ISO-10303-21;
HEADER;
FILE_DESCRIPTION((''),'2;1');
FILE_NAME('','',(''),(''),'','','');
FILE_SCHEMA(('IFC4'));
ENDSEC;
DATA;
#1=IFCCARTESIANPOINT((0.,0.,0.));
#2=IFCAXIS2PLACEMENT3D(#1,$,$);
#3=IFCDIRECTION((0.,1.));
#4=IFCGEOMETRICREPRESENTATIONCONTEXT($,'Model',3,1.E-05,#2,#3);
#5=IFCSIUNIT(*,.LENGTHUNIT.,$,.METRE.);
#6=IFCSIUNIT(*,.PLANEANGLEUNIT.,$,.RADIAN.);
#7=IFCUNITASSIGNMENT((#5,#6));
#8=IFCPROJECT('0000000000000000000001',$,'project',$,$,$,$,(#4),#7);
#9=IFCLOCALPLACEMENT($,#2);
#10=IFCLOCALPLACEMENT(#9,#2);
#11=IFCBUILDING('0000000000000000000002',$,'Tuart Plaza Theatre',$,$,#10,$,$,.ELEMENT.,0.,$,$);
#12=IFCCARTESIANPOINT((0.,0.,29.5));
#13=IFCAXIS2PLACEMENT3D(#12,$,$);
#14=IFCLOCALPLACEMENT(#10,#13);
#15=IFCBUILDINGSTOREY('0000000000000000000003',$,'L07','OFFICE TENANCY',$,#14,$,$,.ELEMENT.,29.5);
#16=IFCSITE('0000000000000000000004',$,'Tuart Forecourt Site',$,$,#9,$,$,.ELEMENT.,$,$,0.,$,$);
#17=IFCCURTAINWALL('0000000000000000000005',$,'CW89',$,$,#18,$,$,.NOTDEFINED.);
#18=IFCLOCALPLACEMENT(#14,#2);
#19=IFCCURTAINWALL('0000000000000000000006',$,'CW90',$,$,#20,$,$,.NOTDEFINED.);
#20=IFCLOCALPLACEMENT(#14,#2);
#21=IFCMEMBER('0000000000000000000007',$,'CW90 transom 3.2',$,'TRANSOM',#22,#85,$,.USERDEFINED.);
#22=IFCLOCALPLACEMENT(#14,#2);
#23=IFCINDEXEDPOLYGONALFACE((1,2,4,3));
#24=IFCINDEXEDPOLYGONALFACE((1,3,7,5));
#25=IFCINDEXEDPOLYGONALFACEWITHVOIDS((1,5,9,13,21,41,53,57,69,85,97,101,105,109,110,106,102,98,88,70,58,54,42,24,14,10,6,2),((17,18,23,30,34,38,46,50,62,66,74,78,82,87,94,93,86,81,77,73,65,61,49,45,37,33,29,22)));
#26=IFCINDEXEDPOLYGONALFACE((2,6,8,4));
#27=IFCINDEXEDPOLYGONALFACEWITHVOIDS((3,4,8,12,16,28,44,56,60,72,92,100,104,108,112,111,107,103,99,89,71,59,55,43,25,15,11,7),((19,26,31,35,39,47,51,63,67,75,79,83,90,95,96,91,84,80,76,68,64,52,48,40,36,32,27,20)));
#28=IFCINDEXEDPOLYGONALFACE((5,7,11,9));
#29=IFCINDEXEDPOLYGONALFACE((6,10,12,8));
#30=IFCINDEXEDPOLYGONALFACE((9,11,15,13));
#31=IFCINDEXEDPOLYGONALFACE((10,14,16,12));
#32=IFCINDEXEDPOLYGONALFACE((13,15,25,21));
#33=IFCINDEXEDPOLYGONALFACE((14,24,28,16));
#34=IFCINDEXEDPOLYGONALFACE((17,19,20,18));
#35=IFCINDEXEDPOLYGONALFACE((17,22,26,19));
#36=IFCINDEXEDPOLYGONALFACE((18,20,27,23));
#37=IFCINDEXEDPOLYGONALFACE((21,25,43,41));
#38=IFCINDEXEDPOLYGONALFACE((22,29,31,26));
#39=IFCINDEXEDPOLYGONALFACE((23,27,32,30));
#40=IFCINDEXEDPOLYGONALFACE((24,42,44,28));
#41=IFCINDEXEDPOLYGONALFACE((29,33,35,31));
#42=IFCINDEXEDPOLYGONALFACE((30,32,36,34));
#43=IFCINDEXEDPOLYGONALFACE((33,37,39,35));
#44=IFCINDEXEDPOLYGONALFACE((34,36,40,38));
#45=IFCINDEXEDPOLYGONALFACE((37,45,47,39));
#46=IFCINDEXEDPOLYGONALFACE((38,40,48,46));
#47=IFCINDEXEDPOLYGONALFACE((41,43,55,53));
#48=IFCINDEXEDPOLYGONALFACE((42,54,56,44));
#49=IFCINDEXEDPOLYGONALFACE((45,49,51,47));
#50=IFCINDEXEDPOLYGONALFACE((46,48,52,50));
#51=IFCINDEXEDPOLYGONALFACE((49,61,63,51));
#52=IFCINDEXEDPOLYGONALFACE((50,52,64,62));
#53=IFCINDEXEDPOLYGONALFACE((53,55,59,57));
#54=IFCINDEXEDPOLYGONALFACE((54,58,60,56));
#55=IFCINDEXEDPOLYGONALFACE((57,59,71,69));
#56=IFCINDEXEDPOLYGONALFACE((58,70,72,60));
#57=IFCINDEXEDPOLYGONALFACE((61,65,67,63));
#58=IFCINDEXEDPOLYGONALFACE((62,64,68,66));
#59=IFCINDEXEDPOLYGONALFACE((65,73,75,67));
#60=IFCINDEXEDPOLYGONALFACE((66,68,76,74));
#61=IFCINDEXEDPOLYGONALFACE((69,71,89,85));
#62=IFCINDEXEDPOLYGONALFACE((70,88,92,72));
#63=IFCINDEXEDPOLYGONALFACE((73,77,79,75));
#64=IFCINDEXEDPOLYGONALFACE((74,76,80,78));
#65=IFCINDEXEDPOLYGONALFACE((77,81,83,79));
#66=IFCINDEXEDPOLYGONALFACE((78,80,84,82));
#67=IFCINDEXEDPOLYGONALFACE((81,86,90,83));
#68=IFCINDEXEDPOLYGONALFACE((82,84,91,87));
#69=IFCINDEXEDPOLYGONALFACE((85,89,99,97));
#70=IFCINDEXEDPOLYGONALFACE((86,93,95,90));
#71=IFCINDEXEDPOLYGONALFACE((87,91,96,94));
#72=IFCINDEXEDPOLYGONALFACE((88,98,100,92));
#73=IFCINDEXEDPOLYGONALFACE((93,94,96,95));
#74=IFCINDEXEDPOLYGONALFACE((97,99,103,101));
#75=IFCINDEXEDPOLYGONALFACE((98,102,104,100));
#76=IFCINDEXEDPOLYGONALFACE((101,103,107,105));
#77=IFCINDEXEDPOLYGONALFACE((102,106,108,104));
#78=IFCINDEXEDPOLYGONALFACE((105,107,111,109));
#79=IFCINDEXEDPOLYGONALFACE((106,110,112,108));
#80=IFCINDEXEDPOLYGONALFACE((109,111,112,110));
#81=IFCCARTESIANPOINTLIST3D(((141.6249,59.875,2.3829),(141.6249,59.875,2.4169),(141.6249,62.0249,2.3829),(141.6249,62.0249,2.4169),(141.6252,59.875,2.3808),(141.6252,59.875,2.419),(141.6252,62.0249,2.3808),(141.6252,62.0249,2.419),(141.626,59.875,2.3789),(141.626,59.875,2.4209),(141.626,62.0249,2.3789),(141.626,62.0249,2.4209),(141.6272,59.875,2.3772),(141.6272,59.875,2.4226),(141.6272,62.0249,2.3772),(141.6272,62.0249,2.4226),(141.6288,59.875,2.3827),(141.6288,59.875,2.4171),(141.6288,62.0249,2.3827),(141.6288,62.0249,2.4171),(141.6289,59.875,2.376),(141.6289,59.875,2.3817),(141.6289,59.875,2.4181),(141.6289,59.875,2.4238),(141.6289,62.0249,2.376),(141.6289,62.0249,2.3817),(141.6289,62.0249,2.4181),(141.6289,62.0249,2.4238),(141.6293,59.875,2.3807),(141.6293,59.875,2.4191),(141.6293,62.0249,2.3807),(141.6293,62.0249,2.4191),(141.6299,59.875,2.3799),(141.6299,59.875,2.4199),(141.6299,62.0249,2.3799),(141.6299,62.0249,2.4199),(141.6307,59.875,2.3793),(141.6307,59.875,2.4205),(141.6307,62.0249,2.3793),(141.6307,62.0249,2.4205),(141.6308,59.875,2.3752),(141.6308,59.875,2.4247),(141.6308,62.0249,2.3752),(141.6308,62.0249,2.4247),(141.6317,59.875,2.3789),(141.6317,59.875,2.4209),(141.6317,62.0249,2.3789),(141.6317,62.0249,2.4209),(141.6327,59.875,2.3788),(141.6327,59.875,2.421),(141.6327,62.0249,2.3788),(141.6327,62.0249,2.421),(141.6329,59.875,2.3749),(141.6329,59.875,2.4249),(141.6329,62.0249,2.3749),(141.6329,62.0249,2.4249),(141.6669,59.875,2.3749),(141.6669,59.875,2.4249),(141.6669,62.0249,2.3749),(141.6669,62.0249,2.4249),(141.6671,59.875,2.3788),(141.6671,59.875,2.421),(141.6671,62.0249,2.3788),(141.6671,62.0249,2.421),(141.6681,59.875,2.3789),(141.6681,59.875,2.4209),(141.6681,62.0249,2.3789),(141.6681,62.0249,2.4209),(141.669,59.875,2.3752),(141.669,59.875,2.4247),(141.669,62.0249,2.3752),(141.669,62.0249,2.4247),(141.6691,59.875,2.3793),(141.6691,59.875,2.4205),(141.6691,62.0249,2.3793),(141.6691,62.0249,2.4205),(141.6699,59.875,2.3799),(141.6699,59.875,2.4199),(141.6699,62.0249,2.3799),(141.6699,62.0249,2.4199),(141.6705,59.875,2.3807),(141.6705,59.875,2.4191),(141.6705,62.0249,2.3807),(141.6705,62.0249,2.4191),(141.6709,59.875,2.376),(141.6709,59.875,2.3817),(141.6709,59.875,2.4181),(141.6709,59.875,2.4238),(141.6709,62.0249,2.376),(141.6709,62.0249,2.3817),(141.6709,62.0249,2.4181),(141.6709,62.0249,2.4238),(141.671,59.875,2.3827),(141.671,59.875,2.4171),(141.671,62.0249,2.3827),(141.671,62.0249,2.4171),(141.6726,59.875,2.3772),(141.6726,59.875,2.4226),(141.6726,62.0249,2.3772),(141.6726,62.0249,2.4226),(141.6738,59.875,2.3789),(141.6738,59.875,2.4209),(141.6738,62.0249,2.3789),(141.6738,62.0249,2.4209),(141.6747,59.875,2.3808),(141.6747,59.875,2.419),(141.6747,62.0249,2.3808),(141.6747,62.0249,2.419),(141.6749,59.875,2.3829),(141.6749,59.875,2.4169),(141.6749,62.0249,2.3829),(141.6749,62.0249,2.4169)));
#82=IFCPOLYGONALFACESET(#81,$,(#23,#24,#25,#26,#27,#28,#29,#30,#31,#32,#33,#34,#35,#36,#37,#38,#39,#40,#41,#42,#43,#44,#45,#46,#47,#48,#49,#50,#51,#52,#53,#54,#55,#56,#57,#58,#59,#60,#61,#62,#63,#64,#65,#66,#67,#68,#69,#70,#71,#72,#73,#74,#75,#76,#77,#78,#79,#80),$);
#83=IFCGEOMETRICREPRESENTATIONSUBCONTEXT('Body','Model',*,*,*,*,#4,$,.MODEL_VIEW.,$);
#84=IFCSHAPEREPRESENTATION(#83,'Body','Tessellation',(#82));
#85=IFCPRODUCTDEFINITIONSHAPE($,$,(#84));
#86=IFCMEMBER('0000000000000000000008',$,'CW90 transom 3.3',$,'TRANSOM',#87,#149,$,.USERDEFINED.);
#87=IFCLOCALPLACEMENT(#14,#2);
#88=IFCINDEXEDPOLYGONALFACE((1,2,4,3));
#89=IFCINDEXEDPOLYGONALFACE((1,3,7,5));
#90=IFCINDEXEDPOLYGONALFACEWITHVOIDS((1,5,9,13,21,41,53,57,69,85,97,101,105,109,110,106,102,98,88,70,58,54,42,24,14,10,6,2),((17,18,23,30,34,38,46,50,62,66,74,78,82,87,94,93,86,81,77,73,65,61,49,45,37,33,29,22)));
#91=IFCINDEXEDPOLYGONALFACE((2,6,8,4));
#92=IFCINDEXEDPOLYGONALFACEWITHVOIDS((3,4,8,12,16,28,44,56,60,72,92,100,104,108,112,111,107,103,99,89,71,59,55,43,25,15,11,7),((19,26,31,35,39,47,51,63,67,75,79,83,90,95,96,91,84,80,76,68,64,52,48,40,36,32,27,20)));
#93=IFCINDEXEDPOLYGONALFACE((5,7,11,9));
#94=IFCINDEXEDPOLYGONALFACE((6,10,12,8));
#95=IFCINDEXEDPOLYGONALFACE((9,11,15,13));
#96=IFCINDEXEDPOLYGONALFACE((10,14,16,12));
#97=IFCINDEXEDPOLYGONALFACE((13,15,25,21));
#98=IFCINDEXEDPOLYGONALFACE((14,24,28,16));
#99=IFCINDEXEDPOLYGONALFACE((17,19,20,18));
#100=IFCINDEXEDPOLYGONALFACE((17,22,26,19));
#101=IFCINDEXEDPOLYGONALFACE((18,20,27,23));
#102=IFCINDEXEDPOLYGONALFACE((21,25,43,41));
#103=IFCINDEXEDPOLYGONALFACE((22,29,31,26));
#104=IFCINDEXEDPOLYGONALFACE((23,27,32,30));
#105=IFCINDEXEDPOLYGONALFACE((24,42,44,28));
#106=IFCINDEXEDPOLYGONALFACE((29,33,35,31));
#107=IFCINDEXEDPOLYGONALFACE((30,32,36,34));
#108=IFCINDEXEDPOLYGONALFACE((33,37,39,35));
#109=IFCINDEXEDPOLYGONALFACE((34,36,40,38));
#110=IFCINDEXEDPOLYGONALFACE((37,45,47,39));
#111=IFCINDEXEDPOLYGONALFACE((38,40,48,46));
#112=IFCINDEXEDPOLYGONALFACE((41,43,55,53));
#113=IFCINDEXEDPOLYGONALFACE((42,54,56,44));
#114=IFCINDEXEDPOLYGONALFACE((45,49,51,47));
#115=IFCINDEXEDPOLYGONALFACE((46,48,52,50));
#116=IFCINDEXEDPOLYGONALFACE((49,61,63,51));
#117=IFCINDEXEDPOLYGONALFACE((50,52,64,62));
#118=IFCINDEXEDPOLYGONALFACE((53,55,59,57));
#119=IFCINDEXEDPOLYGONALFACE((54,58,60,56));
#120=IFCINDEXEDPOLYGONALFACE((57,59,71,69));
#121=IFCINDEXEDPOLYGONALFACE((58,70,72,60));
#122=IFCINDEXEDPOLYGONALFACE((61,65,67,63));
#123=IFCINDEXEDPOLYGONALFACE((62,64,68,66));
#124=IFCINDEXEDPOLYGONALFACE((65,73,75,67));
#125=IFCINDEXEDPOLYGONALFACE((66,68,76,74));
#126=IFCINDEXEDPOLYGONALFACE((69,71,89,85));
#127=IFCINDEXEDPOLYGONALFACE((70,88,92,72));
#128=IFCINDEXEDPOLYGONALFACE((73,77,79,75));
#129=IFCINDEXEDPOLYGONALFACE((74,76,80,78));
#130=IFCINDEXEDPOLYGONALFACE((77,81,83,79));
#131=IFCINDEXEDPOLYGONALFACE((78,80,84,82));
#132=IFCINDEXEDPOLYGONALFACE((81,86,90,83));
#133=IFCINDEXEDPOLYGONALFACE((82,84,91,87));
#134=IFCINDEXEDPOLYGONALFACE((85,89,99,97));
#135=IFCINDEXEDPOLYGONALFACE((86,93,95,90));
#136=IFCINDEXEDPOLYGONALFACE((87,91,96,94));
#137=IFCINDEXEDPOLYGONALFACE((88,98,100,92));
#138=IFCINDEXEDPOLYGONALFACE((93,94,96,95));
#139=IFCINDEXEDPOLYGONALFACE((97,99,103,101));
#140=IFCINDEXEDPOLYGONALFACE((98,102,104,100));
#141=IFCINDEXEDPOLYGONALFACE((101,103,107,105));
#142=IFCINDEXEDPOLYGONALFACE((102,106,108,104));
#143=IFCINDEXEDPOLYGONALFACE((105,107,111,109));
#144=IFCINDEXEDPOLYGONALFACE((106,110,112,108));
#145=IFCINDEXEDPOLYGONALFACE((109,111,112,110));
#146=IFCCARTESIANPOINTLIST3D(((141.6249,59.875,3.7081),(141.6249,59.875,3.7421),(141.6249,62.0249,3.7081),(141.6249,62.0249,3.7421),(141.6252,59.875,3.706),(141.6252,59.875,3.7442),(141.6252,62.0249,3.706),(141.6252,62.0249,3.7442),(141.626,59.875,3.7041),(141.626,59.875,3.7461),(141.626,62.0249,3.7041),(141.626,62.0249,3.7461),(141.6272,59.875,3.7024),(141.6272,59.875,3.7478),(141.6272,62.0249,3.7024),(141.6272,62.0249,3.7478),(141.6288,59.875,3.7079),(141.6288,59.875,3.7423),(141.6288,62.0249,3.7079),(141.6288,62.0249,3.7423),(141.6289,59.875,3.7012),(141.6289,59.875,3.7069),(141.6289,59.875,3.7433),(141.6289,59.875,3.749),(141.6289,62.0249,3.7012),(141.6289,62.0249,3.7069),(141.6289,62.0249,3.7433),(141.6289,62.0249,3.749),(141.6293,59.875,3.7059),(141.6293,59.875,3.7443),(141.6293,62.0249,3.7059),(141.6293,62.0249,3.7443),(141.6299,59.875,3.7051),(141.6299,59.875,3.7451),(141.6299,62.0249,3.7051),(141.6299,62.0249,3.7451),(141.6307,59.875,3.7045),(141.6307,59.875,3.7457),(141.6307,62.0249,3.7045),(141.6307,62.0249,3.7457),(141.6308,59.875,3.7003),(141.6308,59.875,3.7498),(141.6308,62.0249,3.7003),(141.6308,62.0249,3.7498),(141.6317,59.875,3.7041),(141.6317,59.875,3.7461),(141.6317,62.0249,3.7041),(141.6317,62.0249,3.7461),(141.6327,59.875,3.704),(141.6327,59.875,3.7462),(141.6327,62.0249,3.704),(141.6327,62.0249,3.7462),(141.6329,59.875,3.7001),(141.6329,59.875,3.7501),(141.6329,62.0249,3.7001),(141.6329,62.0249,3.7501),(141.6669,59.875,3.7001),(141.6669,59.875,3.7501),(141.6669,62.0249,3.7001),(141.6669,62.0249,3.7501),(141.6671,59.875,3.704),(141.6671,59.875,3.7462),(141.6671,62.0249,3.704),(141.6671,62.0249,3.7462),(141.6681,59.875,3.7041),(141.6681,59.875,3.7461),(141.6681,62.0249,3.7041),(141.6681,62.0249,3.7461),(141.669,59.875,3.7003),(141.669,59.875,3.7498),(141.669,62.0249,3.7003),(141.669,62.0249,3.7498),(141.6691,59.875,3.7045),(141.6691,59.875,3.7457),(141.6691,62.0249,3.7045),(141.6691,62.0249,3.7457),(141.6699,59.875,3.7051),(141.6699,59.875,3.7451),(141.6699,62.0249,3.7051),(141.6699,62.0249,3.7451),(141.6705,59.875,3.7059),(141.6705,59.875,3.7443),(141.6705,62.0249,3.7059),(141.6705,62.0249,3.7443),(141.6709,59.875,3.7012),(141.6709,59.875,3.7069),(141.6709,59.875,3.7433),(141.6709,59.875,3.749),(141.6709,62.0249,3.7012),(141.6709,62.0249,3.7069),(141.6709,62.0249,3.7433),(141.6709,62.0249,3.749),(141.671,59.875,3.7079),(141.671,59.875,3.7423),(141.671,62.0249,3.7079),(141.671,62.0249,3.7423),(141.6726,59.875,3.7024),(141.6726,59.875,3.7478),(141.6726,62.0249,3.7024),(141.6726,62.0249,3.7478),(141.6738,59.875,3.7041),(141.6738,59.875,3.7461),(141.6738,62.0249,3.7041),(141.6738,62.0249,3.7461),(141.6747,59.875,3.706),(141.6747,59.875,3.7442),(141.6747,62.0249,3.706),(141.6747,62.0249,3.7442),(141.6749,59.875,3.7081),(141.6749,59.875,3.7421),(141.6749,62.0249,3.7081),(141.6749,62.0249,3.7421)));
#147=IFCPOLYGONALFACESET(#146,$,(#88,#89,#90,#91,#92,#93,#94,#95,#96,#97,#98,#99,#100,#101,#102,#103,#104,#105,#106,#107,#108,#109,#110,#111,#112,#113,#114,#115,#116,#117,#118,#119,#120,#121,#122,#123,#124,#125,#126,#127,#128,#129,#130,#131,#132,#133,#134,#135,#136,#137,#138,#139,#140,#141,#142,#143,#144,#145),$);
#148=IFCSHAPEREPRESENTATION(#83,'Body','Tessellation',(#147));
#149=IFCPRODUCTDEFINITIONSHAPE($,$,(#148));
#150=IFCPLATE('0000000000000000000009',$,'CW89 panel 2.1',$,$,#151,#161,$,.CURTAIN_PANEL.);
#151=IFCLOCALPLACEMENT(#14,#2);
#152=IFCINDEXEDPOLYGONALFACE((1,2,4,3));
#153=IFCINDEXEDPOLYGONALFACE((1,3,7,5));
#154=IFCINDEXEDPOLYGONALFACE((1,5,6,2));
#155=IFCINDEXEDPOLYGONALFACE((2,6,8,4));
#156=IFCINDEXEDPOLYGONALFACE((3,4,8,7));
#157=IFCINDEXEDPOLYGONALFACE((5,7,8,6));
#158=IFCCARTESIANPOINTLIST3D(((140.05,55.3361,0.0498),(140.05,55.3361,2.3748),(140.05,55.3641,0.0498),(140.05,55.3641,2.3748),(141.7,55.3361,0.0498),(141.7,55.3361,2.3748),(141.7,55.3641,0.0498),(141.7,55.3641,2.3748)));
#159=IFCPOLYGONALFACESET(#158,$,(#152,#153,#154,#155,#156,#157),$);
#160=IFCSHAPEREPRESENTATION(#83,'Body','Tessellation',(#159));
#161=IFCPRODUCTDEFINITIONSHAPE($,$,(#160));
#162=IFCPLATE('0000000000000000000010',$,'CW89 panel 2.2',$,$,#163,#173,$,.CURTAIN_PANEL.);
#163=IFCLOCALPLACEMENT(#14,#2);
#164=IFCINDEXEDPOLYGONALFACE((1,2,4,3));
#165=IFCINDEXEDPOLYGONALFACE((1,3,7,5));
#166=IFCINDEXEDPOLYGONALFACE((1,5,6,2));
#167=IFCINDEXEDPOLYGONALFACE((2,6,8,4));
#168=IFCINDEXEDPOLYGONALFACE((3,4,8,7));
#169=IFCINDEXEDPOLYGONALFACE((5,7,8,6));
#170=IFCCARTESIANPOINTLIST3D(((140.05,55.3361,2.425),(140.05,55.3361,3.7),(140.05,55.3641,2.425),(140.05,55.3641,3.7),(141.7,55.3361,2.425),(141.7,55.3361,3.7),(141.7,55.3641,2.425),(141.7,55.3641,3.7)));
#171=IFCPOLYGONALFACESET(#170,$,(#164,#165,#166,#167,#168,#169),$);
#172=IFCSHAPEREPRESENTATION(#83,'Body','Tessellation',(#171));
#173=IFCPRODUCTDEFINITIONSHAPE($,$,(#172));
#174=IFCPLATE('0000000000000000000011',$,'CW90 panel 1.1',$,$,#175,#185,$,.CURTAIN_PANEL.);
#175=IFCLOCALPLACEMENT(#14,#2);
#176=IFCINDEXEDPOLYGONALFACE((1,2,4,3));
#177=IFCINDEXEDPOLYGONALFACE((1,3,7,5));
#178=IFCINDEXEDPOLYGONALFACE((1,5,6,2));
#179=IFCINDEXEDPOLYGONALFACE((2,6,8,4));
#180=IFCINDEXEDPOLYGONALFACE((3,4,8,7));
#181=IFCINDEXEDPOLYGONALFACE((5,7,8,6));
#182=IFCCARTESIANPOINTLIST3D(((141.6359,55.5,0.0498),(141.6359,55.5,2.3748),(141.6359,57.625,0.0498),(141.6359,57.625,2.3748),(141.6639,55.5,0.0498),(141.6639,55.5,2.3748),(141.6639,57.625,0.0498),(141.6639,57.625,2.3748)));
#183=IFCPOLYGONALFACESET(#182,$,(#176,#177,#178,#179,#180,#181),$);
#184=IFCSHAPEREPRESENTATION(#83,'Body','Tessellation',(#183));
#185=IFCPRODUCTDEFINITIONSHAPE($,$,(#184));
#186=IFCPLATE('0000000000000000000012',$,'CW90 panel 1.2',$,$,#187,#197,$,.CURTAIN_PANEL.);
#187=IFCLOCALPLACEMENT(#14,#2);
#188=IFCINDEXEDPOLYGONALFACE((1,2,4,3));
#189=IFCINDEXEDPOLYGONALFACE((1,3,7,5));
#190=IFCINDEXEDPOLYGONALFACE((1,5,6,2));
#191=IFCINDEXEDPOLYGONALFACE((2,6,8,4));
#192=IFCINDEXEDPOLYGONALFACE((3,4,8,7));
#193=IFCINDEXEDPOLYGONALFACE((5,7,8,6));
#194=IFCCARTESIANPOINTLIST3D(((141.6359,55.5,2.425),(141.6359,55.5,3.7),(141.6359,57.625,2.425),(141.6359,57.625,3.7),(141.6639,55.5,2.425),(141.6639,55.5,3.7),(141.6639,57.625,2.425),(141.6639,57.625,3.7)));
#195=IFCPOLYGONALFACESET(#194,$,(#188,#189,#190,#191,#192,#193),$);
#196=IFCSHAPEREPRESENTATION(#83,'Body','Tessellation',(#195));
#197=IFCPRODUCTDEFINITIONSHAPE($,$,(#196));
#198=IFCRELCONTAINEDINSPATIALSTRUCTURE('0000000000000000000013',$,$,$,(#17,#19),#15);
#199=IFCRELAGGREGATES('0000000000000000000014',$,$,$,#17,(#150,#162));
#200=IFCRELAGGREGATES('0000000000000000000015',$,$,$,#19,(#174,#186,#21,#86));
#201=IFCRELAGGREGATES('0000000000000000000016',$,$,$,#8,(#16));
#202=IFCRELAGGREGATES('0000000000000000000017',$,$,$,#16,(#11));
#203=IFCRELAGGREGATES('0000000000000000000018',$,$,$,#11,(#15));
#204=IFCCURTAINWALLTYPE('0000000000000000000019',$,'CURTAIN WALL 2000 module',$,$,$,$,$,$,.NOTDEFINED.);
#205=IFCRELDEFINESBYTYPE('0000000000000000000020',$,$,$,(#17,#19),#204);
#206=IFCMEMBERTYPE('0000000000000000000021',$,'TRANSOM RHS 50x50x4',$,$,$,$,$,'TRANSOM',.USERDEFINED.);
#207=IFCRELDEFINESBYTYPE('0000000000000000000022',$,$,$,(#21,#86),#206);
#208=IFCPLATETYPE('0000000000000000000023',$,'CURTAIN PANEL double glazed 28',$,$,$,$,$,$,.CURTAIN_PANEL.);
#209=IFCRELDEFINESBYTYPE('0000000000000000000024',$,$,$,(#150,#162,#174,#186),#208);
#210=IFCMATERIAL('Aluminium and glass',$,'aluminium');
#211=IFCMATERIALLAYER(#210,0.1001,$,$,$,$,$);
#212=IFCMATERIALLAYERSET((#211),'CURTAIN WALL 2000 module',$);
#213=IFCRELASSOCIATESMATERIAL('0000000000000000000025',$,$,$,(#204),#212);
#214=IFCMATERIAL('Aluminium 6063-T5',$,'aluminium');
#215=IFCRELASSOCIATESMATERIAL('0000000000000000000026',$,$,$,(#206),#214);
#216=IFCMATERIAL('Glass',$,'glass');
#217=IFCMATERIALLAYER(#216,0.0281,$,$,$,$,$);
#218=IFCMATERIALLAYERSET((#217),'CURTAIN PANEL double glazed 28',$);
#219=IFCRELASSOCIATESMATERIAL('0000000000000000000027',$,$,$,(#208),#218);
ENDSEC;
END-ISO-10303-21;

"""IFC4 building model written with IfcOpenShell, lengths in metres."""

from ifc_helpers import new_model, si_unit, direction, frame, origin, origin_2d, place, context, subcontext, project, spatial, rectangle, hollow_rectangle, extrude, material, layer, layer_set, material_profile, profile_set, type_object, element, aggregate, save


model = new_model("IFC4")

# Units and contexts
model_context = context("Model", 3, precision=1e-05, world=origin(), true_north=direction((0.0, 1.0)))
body_context = subcontext(model_context, "Body", "Model", "MODEL_VIEW")
ifc_project = project(units=[si_unit("LENGTHUNIT", "METRE"), si_unit("PLANEANGLEUNIT", "RADIAN")], contexts=[model_context])

# Site, building, storey
site_placement = place(None, origin())
site = spatial("IfcSite", under=ifc_project, at=site_placement, Name="Tuart Forecourt Site", CompositionType="ELEMENT", RefElevation=0.0)
building_placement = place(site_placement, origin())
building = spatial("IfcBuilding", under=site, at=building_placement, Name="Tuart Plaza Theatre", CompositionType="ELEMENT", ElevationOfRefHeight=0.0)
storey_placement = place(building_placement, frame((0.0, 0.0, 29.5)))
storey = spatial("IfcBuildingStorey", under=building, at=storey_placement, Name="L07", Description="OFFICE TENANCY", CompositionType="ELEMENT", Elevation=29.5)

# Curtain wall
ifc_material_1 = material(Name="Aluminium and glass", Category="aluminium")
ifc_layer_1 = layer(ifc_material_1, 0.1001)
ifc_layer_set_1 = layer_set([ifc_layer_1], Name="CURTAIN WALL 2000 module")
curtain_wall_type = type_object("IfcCurtainWallType", Name="CURTAIN WALL 2000 module", PredefinedType="NOTDEFINED", material=ifc_layer_set_1)
curtain_wall_1_placement = place(storey_placement, origin())
curtain_wall_1 = element("IfcCurtainWall", 1, at=curtain_wall_1_placement, inside=storey, type_object=curtain_wall_type, Name="CW89", PredefinedType="NOTDEFINED")

# Curtain wall
curtain_wall_2_placement = place(storey_placement, origin())
curtain_wall_2 = element("IfcCurtainWall", 2, at=curtain_wall_2_placement, inside=storey, type_object=curtain_wall_type, Name="CW90", PredefinedType="NOTDEFINED")

# Members
ifc_material_2 = material(Name="Aluminium 6063-T5", Category="aluminium")
ifc_material_profile_1 = material_profile(ifc_material_2, hollow_rectangle(XDim=0.05, YDim=0.05, WallThickness=0.0039, InnerFilletRadius=0.0039, OuterFilletRadius=0.0081, at=origin_2d()), Name="RHS 50x50x4")
ifc_profile_set_1 = profile_set([ifc_material_profile_1], Name="Aluminium 6063-T5")
member_type_1 = type_object("IfcMemberType", Name="TRANSOM RHS 50x50x4", ElementType="TRANSOM", PredefinedType="USERDEFINED", material=ifc_profile_set_1)
member_1_placement = place(storey_placement, frame((141.6499, 59.875, 2.3999), z_axis=(0.0, 1.0, 0.0), x_axis=(-1.0, 0.0, 0.0)))
member_1 = element("IfcMember", 3, at=member_1_placement, type_object=member_type_1, Name="CW90 transom 3.2", ObjectType="TRANSOM", PredefinedType="USERDEFINED", context=body_context, shape_type="SweptSolid", body=[
    extrude(hollow_rectangle(XDim=0.05, YDim=0.05, WallThickness=0.0039, InnerFilletRadius=0.0039, OuterFilletRadius=0.0081, at=origin_2d()), origin(), (0.0, 0.0, 1.0), 2.1499),
])
member_2_placement = place(storey_placement, frame((141.6499, 59.875, 3.7251), z_axis=(0.0, 1.0, 0.0), x_axis=(-1.0, 0.0, 0.0)))
member_2 = element("IfcMember", 4, at=member_2_placement, type_object=member_type_1, Name="CW90 transom 3.3", ObjectType="TRANSOM", PredefinedType="USERDEFINED", context=body_context, shape_type="SweptSolid", body=[
    extrude(hollow_rectangle(XDim=0.05, YDim=0.05, WallThickness=0.0039, InnerFilletRadius=0.0039, OuterFilletRadius=0.0081, at=origin_2d()), origin(), (0.0, 0.0, 1.0), 2.1499),
])

# Plates
ifc_material_3 = material(Name="Glass", Category="glass")
ifc_layer_2 = layer(ifc_material_3, 0.0281)
ifc_layer_set_2 = layer_set([ifc_layer_2], Name="CURTAIN PANEL double glazed 28")
plate_type = type_object("IfcPlateType", Name="CURTAIN PANEL double glazed 28", PredefinedType="CURTAIN_PANEL", material=ifc_layer_set_2)
plate_1_placement = place(storey_placement, frame((140.875, 55.3501, 0.0498), z_axis=(0.0, 0.0, 1.0), x_axis=(1.0, 0.0, 0.0)))
plate_1 = element("IfcPlate", 5, at=plate_1_placement, type_object=plate_type, Name="CW89 panel 2.1", PredefinedType="CURTAIN_PANEL", context=body_context, shape_type="SweptSolid", body=[
    extrude(rectangle(XDim=1.6499, YDim=0.0281, at=origin_2d()), origin(), (0.0, 0.0, 1.0), 2.325),
])
plate_2_placement = place(storey_placement, frame((140.875, 55.3501, 2.425), z_axis=(0.0, 0.0, 1.0), x_axis=(1.0, 0.0, 0.0)))
plate_2 = element("IfcPlate", 6, at=plate_2_placement, type_object=plate_type, Name="CW89 panel 2.2", PredefinedType="CURTAIN_PANEL", context=body_context, shape_type="SweptSolid", body=[
    extrude(rectangle(XDim=1.6499, YDim=0.0281, at=origin_2d()), origin(), (0.0, 0.0, 1.0), 1.2749),
])
aggregate(curtain_wall_1, [plate_1, plate_2])
plate_3_placement = place(storey_placement, frame((141.6499, 56.5625, 0.0498), z_axis=(0.0, 0.0, 1.0), x_axis=(0.0, 1.0, 0.0)))
plate_3 = element("IfcPlate", 7, at=plate_3_placement, type_object=plate_type, Name="CW90 panel 1.1", PredefinedType="CURTAIN_PANEL", context=body_context, shape_type="SweptSolid", body=[
    extrude(rectangle(XDim=2.125, YDim=0.0281, at=origin_2d()), origin(), (0.0, 0.0, 1.0), 2.325),
])
plate_4_placement = place(storey_placement, frame((141.6499, 56.5625, 2.425), z_axis=(0.0, 0.0, 1.0), x_axis=(0.0, 1.0, 0.0)))
plate_4 = element("IfcPlate", 8, at=plate_4_placement, type_object=plate_type, Name="CW90 panel 1.2", PredefinedType="CURTAIN_PANEL", context=body_context, shape_type="SweptSolid", body=[
    extrude(rectangle(XDim=2.125, YDim=0.0281, at=origin_2d()), origin(), (0.0, 0.0, 1.0), 1.2749),
])
aggregate(curtain_wall_2, [plate_3, plate_4, member_1, member_2])

save(model, "model.ifc")
